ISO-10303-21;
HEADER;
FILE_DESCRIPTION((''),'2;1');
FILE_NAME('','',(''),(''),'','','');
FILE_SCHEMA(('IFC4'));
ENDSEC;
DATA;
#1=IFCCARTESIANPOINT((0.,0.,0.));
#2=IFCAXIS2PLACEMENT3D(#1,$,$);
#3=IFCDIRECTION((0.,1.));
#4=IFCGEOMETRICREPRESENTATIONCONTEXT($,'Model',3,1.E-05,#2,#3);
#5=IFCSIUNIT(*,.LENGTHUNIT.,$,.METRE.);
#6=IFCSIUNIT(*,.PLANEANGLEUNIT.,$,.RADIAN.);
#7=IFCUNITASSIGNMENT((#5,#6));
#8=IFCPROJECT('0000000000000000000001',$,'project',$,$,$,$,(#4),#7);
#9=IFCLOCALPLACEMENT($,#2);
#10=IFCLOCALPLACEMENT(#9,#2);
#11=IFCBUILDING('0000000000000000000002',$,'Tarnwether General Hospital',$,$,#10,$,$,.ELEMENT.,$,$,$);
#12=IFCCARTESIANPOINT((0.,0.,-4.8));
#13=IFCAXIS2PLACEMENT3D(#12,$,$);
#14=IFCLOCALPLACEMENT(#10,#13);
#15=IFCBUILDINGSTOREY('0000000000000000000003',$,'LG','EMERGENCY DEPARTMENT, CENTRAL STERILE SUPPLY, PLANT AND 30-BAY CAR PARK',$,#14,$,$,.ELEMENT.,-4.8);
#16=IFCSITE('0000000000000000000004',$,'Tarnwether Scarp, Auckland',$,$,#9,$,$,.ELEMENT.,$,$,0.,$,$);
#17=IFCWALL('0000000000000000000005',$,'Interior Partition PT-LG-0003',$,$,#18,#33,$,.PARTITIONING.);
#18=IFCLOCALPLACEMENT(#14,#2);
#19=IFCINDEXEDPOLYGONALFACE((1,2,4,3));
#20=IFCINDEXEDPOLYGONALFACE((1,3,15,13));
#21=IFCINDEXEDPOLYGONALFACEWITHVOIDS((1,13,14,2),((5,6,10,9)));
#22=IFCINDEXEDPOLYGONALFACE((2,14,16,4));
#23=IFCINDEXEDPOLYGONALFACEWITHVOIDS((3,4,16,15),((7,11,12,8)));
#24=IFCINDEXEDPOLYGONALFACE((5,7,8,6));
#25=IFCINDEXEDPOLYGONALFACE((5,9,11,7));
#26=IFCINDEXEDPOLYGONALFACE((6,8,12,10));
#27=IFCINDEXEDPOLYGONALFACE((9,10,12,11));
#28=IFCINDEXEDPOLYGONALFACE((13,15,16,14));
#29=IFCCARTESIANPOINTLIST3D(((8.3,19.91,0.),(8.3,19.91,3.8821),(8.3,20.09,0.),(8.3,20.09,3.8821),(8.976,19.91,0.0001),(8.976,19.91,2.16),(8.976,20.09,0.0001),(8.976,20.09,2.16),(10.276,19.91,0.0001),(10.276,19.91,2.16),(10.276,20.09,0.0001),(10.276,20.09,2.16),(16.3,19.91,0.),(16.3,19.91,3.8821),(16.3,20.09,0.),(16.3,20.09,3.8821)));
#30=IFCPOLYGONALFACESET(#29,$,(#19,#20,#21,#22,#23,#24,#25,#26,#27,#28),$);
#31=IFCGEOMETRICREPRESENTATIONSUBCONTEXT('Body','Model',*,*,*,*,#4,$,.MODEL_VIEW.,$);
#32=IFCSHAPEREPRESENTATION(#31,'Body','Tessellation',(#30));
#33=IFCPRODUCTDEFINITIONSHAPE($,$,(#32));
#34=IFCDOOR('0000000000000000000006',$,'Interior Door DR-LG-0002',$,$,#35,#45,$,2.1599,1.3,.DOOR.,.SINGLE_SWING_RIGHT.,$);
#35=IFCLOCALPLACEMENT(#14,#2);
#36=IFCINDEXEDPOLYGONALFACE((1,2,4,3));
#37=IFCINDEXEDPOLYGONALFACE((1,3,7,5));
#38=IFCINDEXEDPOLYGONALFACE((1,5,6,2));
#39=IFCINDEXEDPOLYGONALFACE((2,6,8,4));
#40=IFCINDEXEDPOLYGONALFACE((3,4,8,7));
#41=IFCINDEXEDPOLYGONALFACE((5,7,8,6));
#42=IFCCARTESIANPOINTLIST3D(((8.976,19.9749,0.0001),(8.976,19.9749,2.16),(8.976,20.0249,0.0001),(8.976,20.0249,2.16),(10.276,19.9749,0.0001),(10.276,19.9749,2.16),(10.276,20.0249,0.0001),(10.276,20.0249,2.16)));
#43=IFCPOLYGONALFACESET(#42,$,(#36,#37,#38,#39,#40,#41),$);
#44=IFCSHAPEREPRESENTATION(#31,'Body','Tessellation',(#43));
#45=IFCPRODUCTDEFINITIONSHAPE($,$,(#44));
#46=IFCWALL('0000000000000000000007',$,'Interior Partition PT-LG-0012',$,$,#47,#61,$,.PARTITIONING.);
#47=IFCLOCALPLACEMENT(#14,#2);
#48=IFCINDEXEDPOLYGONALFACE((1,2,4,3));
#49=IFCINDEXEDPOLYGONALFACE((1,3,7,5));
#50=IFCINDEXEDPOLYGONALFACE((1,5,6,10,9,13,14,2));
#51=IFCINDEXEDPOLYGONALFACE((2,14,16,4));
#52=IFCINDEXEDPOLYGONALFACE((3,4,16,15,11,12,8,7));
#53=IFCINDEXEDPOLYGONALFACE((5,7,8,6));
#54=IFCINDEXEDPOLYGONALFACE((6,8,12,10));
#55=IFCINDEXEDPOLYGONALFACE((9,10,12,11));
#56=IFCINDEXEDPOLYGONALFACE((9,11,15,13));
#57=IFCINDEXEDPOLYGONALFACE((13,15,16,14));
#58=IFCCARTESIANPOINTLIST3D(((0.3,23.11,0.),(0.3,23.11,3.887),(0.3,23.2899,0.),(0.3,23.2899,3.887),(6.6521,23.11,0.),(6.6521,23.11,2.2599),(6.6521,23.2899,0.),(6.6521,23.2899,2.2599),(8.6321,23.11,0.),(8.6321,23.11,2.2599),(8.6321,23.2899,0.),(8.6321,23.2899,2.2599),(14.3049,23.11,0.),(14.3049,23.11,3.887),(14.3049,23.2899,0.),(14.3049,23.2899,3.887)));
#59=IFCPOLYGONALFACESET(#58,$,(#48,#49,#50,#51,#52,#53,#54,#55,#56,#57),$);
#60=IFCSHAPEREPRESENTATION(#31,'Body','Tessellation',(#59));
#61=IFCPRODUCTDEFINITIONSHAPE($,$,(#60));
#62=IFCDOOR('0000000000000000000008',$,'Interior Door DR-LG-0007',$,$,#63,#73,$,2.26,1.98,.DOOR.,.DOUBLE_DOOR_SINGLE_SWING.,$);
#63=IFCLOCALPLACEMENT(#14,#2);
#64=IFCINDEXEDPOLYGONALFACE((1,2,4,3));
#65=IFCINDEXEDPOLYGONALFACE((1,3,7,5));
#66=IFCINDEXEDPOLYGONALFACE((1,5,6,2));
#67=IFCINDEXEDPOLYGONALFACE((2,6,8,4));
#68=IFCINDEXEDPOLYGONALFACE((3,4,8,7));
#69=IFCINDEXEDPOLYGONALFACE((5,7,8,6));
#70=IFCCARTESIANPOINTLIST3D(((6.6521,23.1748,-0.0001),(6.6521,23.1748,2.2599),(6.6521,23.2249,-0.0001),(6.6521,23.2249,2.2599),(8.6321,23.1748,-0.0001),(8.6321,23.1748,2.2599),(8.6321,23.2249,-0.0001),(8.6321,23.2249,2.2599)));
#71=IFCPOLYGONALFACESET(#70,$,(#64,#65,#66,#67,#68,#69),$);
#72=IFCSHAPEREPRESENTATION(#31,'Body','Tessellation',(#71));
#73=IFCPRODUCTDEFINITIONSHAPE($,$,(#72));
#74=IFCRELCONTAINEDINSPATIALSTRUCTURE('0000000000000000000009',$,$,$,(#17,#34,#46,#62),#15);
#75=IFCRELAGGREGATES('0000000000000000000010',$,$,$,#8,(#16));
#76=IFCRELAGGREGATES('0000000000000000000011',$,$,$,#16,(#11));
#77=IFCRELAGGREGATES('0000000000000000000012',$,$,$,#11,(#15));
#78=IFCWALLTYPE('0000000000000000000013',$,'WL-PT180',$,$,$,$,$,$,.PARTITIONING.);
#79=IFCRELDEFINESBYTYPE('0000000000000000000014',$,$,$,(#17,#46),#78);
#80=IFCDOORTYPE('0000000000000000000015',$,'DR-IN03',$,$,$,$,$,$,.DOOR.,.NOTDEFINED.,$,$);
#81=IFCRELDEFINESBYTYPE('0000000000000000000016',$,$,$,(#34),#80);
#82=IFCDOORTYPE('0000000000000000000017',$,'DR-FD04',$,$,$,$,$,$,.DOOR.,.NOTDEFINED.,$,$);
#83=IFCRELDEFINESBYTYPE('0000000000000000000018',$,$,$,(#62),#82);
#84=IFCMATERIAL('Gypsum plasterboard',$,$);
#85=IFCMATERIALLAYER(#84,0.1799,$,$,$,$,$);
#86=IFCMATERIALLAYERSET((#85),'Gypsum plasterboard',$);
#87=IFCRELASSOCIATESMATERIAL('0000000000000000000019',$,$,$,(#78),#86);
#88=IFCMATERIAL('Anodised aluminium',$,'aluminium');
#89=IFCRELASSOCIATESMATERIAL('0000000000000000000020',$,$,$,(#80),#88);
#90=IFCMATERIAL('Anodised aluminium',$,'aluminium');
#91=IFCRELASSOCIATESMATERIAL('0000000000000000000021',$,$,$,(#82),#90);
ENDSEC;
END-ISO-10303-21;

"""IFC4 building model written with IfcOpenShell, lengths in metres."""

from ifc_helpers import new_model, si_unit, direction, frame, frame_2d, origin, place, context, subcontext, project, spatial, rectangle, extrude, material, layer, layer_set, type_object, element, fill, save


model = new_model("IFC4")

# Units and contexts
model_context = context("Model", 3, precision=1e-05, world=origin(), true_north=direction((0.0, 1.0)))
body_context = subcontext(model_context, "Body", "Model", "MODEL_VIEW")
ifc_project = project(units=[si_unit("LENGTHUNIT", "METRE"), si_unit("PLANEANGLEUNIT", "RADIAN")], contexts=[model_context])

# Site, building, storey
site_placement = place(None, origin())
site = spatial("IfcSite", under=ifc_project, at=site_placement, Name="Tarnwether Scarp, Auckland", CompositionType="ELEMENT", RefElevation=0.0)
building_placement = place(site_placement, origin())
building = spatial("IfcBuilding", under=site, at=building_placement, Name="Tarnwether General Hospital", CompositionType="ELEMENT")
storey_placement = place(building_placement, frame((0.0, 0.0, -4.8)))
storey = spatial("IfcBuildingStorey", under=building, at=storey_placement, Name="LG", Description="EMERGENCY DEPARTMENT, CENTRAL STERILE SUPPLY, PLANT AND 30-BAY CAR PARK", CompositionType="ELEMENT", Elevation=-4.8)

# Walls, openings, doors
ifc_material_1 = material(Name="Gypsum plasterboard")
ifc_layer_1 = layer(ifc_material_1, 0.1799)
ifc_layer_set_1 = layer_set([ifc_layer_1], Name="Gypsum plasterboard")
wall_type = type_object("IfcWallType", Name="WL-PT180", PredefinedType="PARTITIONING", material=ifc_layer_set_1)
wall_1_placement = place(storey_placement, frame((8.3, 20.0, 0.0), z_axis=(0.0, 0.0, 1.0), x_axis=(1.0, 0.0, 0.0)))
wall_1 = element("IfcWall", 1, at=wall_1_placement, inside=storey, type_object=wall_type, Name="Interior Partition PT-LG-0003", PredefinedType="PARTITIONING", context=body_context, shape_type="SweptSolid", body=[
    extrude(rectangle(XDim=8.0, YDim=0.1799, at=frame_2d((4.0, 0.0))), origin(), (0.0, 0.0, 1.0), 3.8821),
])
opening_1_placement = place(wall_1_placement, frame((0.676, 0.0, 0.0)))
opening_1 = element("IfcOpeningElement", 2, at=opening_1_placement, cuts=wall_1, PredefinedType="OPENING", context=body_context, shape_type="SweptSolid", body=[
    extrude(rectangle(XDim=1.3, YDim=2.1599, at=frame_2d((0.6499, 1.0801))), frame((0.0, 0.1001, 0.0), z_axis=(0.0, -1.0, 0.0), x_axis=(1.0, 0.0, 0.0)), (0.0, 0.0, 1.0), 0.2),
])
ifc_material_2 = material(Name="Anodised aluminium", Category="aluminium")
door_type_1 = type_object("IfcDoorType", Name="DR-IN03", OperationType="NOTDEFINED", PredefinedType="DOOR", material=ifc_material_2)
door_1_placement = place(opening_1_placement, origin())
door_1 = element("IfcDoor", 3, at=door_1_placement, inside=storey, type_object=door_type_1, Name="Interior Door DR-LG-0002", OperationType="SINGLE_SWING_RIGHT", OverallHeight=2.1599, OverallWidth=1.3, PredefinedType="DOOR", context=body_context, shape_type="SweptSolid", body=[
    extrude(rectangle(XDim=1.3, YDim=2.1599, at=frame_2d((0.6499, 1.0801))), frame((0.0, 0.0249, 0.0), z_axis=(0.0, -1.0, 0.0), x_axis=(1.0, 0.0, 0.0)), (0.0, 0.0, 1.0), 0.05),
])
fill(opening_1, door_1)
wall_2_placement = place(storey_placement, frame((0.3, 23.2, 0.0), z_axis=(0.0, 0.0, 1.0), x_axis=(1.0, 0.0, 0.0)))
wall_2 = element("IfcWall", 4, at=wall_2_placement, inside=storey, type_object=wall_type, Name="Interior Partition PT-LG-0012", PredefinedType="PARTITIONING", context=body_context, shape_type="SweptSolid", body=[
    extrude(rectangle(XDim=14.0049, YDim=0.1799, at=frame_2d((7.0024, 0.0))), origin(), (0.0, 0.0, 1.0), 3.887),
])
opening_2_placement = place(wall_2_placement, frame((6.3521, 0.0, 0.0)))
opening_2 = element("IfcOpeningElement", 5, at=opening_2_placement, cuts=wall_2, PredefinedType="OPENING", context=body_context, shape_type="SweptSolid", body=[
    extrude(rectangle(XDim=1.98, YDim=2.26, at=frame_2d((0.99, 1.1299))), frame((0.0, 0.1001, 0.0), z_axis=(0.0, -1.0, 0.0), x_axis=(1.0, 0.0, 0.0)), (0.0, 0.0, 1.0), 0.2),
])
ifc_material_3 = material(Name="Anodised aluminium", Category="aluminium")
door_type_2 = type_object("IfcDoorType", Name="DR-FD04", OperationType="NOTDEFINED", PredefinedType="DOOR", material=ifc_material_3)
door_2_placement = place(opening_2_placement, origin())
door_2 = element("IfcDoor", 6, at=door_2_placement, inside=storey, type_object=door_type_2, Name="Interior Door DR-LG-0007", OperationType="DOUBLE_DOOR_SINGLE_SWING", OverallHeight=2.26, OverallWidth=1.98, PredefinedType="DOOR", context=body_context, shape_type="SweptSolid", body=[
    extrude(rectangle(XDim=1.98, YDim=2.26, at=frame_2d((0.99, 1.1299))), frame((0.0, 0.0249, 0.0), z_axis=(0.0, -1.0, 0.0), x_axis=(1.0, 0.0, 0.0)), (0.0, 0.0, 1.0), 0.05),
])
fill(opening_2, door_2)

save(model, "model.ifc")
